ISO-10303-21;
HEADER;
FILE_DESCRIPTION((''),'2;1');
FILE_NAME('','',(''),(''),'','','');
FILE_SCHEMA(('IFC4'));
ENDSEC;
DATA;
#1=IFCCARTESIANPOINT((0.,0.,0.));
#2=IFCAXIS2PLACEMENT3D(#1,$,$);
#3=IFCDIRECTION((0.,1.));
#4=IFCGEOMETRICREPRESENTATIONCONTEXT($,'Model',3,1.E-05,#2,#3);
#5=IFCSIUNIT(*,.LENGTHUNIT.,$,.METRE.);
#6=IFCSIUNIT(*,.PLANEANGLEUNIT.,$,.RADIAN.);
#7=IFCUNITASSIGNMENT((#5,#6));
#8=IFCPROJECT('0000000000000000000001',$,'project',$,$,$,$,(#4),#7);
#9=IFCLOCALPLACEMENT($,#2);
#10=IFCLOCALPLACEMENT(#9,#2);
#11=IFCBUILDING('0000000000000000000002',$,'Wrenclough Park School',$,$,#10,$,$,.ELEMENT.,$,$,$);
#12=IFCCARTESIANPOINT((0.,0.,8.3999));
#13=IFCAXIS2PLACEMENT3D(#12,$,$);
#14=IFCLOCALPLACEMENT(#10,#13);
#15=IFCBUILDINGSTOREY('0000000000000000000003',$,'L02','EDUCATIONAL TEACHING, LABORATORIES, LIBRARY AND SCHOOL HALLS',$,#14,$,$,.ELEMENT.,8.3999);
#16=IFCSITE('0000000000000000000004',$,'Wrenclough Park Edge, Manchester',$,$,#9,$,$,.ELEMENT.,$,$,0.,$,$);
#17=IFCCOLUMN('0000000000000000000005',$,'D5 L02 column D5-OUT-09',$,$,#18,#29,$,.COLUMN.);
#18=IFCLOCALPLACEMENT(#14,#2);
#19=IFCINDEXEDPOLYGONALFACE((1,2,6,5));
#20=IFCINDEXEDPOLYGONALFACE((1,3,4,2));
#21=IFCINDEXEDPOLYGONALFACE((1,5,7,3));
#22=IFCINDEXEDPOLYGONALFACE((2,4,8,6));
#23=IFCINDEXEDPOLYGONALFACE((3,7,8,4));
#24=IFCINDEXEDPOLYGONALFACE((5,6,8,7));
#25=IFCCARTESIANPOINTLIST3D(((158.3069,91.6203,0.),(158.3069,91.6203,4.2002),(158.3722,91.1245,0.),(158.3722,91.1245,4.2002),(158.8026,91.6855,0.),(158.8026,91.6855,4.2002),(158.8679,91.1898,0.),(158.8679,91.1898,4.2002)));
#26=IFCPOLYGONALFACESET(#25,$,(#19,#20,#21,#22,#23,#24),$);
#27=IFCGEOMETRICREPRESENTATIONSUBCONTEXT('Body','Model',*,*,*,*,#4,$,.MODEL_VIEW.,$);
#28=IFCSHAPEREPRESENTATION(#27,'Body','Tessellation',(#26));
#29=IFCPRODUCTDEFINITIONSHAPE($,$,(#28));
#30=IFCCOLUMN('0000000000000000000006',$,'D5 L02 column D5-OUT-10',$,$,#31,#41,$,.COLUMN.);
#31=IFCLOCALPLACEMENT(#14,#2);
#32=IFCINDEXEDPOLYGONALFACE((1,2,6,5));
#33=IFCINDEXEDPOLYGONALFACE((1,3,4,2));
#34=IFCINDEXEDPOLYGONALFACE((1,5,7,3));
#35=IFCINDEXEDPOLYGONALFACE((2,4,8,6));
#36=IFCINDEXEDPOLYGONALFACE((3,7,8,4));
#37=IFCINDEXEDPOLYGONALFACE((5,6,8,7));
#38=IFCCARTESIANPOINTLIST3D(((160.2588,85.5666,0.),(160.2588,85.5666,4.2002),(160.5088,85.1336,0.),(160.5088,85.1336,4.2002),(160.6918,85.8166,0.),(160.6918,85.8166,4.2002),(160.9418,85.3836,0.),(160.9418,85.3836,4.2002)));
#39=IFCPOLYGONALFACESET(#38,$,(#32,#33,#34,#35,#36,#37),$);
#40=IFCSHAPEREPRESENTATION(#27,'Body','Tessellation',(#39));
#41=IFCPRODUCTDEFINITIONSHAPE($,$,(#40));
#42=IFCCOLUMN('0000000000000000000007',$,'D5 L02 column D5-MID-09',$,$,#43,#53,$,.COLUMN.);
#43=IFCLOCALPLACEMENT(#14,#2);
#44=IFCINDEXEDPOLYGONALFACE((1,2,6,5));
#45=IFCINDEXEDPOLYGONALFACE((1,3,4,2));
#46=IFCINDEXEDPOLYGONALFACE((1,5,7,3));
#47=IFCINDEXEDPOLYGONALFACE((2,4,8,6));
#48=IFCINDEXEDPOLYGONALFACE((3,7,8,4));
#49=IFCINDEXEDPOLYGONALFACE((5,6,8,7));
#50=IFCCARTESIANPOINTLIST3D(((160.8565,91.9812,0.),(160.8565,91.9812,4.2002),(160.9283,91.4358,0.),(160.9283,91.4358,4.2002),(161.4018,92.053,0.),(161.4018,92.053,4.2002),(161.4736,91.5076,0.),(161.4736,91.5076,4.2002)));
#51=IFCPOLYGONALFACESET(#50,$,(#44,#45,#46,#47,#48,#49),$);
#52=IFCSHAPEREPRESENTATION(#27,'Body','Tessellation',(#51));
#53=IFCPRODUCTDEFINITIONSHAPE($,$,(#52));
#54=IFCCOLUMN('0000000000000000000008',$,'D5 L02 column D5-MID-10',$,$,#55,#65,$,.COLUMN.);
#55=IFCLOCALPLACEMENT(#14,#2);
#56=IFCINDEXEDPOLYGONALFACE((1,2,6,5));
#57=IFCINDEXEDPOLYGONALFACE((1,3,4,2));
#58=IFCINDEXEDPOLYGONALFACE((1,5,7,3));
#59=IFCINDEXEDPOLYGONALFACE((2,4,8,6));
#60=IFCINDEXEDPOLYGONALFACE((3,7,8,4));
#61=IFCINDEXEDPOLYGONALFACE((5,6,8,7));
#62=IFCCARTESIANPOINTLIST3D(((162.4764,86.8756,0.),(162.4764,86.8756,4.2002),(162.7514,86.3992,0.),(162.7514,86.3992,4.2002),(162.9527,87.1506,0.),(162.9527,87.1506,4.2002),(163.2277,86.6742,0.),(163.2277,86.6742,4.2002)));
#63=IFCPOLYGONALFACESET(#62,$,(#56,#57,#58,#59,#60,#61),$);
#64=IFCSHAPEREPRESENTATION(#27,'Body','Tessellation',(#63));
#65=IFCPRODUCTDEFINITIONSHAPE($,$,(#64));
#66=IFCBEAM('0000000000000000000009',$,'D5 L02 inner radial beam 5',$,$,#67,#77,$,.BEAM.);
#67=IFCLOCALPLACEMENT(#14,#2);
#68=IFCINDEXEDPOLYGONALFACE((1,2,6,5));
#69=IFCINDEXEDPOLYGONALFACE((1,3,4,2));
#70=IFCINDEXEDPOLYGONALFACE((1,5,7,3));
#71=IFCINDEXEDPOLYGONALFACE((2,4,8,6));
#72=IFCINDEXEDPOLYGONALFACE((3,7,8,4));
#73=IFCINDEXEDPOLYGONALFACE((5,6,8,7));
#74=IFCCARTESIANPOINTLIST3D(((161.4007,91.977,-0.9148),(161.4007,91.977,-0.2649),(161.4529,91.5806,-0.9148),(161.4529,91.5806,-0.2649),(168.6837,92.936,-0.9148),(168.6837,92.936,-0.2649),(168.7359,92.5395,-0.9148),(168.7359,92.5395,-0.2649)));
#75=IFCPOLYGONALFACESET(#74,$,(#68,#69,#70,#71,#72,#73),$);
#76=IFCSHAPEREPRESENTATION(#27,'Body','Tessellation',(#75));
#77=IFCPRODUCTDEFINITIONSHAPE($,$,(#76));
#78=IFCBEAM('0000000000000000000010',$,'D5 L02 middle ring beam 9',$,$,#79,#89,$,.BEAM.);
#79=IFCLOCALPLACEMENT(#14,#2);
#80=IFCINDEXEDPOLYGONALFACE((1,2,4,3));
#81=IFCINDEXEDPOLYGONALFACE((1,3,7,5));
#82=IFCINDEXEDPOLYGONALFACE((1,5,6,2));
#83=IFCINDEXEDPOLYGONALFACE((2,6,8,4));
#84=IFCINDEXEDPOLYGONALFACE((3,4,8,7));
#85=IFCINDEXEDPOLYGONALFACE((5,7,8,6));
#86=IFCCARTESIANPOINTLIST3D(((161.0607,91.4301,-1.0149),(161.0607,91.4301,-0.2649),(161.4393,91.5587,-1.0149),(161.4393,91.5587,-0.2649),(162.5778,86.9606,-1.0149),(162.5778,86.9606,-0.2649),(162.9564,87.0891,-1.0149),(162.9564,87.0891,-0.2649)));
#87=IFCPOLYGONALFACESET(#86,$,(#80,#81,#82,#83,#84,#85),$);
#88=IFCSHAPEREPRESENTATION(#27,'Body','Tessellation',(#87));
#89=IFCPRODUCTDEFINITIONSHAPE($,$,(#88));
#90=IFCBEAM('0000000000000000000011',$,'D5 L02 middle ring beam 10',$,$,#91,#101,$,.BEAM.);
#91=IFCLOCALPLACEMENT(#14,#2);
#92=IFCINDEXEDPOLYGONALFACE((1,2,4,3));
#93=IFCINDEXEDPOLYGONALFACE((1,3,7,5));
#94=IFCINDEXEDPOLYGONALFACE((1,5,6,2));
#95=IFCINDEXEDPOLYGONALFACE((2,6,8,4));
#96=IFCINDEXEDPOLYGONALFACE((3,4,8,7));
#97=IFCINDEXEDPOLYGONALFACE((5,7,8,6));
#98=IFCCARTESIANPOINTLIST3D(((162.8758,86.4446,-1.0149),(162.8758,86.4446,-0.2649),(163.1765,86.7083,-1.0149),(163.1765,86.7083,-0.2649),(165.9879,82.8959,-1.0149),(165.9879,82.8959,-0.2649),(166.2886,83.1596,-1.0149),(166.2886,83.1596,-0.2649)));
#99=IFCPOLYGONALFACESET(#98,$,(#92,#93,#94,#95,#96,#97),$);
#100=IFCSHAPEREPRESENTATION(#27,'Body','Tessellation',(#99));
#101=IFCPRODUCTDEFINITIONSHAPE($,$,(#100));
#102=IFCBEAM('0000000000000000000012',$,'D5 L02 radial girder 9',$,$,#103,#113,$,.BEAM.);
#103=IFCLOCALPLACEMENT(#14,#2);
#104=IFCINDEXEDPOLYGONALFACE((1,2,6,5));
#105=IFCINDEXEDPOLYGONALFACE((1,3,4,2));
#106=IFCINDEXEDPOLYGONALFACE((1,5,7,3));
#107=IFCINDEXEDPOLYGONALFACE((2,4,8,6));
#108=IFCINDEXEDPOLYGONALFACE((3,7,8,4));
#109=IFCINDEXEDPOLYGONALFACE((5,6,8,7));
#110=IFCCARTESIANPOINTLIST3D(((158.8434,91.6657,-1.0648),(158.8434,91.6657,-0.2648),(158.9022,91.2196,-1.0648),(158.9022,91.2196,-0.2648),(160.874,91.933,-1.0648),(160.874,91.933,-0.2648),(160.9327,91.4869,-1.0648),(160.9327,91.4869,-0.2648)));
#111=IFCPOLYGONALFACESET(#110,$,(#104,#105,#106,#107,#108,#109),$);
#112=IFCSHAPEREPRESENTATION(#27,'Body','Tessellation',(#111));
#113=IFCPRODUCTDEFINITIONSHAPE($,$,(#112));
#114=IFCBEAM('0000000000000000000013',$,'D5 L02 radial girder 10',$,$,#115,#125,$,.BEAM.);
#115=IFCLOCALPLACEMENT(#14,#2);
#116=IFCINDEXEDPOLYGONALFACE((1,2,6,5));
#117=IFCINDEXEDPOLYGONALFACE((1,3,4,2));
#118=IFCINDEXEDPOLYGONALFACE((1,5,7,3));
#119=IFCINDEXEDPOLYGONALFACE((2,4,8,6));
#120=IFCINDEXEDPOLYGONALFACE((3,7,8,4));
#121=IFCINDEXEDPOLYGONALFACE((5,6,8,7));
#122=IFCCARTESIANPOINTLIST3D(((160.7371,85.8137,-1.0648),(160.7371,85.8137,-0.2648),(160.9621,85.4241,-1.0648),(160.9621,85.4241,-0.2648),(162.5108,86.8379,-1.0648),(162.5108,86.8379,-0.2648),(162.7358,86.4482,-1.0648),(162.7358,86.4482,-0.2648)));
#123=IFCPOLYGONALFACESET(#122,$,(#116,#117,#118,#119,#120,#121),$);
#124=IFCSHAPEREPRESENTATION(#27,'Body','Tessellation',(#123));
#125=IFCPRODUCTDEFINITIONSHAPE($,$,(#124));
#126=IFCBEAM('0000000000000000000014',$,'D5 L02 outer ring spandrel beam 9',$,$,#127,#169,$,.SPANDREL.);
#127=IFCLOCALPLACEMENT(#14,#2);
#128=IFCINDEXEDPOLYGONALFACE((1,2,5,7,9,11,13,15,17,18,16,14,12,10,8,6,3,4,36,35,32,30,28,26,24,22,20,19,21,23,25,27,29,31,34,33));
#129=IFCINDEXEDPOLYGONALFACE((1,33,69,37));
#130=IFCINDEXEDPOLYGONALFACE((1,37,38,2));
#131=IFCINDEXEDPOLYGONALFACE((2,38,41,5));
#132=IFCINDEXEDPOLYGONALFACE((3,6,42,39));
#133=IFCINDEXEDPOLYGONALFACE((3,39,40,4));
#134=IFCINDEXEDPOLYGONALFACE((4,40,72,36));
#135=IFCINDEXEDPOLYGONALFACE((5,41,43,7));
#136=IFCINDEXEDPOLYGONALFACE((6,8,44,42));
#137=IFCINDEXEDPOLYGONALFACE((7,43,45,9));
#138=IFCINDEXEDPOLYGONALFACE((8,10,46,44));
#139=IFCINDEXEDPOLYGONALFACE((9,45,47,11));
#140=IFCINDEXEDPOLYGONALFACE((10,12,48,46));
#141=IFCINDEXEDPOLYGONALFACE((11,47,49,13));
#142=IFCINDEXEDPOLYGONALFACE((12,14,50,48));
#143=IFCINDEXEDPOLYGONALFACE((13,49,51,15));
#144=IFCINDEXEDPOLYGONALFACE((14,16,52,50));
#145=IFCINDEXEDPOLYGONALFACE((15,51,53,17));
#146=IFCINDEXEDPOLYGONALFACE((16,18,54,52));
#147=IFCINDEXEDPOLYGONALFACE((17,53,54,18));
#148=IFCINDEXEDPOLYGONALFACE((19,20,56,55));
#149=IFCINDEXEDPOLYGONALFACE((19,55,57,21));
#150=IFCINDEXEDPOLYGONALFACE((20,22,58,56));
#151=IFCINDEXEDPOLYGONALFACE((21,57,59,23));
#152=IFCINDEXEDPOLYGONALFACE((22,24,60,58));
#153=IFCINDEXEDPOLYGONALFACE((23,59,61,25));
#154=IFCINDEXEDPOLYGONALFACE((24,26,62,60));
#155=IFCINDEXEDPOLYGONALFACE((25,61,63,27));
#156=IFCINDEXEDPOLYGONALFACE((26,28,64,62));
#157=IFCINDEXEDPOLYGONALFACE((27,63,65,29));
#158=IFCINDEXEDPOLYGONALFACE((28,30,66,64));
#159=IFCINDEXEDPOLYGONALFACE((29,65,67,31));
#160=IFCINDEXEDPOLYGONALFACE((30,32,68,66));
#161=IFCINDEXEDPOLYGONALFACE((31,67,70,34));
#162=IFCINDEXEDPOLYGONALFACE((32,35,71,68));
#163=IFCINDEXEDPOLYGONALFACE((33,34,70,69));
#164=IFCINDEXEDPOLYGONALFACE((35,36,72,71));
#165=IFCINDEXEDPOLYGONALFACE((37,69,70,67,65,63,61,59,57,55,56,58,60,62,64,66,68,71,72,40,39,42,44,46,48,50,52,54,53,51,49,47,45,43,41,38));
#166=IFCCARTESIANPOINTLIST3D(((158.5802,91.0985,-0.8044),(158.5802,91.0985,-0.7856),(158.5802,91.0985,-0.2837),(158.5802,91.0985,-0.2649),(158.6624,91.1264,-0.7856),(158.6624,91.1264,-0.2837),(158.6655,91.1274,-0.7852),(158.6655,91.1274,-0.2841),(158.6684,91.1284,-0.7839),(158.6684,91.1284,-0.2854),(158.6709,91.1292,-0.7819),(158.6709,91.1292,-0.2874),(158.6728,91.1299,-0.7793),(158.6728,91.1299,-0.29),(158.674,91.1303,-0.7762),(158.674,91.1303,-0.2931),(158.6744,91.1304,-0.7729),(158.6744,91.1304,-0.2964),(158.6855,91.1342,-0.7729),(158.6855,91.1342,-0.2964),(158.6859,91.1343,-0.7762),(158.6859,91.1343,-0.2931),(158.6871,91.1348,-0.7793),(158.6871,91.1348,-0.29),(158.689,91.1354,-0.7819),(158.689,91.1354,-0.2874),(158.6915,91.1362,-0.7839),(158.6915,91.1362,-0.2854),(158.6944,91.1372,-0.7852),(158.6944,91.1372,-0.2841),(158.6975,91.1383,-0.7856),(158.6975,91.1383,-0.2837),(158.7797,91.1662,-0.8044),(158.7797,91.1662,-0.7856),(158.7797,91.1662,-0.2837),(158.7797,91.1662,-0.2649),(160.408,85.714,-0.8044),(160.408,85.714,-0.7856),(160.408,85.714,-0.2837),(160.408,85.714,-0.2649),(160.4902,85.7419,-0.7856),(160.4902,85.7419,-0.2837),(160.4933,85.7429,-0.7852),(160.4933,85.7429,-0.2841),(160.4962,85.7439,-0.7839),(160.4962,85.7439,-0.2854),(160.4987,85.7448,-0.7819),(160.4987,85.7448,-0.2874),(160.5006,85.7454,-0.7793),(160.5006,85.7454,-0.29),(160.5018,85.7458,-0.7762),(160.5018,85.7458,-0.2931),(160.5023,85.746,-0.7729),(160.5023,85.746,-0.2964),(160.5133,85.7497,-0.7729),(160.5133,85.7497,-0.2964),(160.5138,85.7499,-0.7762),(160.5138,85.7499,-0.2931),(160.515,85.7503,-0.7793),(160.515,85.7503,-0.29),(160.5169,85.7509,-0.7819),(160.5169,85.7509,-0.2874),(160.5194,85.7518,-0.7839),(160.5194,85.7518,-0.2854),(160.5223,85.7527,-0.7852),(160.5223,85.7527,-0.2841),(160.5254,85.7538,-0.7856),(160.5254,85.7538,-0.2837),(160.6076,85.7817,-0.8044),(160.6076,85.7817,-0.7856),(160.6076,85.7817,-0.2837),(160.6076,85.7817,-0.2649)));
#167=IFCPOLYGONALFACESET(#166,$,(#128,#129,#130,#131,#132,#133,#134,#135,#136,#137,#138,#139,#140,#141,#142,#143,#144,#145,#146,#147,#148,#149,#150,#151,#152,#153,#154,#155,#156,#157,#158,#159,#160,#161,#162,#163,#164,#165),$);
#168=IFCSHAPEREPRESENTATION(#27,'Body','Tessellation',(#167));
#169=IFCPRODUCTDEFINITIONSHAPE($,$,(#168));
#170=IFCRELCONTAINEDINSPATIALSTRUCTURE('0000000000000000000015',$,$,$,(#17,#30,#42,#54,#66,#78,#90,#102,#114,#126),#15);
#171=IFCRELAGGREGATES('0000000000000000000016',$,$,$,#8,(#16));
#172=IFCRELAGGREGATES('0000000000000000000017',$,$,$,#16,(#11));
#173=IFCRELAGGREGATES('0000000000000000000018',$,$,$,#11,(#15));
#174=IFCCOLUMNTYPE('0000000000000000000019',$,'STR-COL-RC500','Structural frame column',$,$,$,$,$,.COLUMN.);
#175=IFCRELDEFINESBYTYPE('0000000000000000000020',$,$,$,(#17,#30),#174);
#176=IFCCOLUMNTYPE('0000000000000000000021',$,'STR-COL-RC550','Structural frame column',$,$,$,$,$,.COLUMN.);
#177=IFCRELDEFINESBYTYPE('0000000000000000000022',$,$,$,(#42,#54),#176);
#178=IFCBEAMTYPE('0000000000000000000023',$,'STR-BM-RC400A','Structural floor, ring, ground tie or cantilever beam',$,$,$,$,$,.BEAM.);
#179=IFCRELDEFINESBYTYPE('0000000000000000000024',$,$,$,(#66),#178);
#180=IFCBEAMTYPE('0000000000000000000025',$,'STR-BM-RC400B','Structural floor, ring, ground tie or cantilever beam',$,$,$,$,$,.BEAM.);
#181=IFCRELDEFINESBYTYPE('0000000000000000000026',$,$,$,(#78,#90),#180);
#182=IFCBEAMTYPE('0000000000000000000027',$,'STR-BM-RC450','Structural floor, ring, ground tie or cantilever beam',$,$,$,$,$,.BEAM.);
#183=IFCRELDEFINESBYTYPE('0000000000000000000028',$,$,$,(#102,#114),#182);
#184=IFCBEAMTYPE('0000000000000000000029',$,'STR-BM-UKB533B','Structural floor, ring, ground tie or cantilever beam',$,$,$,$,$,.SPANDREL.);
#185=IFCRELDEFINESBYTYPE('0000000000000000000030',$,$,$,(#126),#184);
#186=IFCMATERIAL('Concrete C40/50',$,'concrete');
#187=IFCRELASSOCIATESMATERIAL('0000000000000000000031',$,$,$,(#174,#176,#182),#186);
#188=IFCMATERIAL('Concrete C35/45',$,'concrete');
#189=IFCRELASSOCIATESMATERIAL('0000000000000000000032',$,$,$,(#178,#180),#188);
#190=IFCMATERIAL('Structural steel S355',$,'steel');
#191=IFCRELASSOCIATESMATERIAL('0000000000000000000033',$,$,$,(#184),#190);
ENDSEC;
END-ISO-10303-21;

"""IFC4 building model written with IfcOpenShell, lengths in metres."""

from ifc_helpers import new_model, si_unit, direction, frame, origin, origin_2d, place, context, subcontext, project, spatial, rectangle, i_section, extrude, material, material_profile, profile_set, type_object, element, save


model = new_model("IFC4")

# Units and contexts
model_context = context("Model", 3, precision=1e-05, world=origin(), true_north=direction((0.0, 1.0)))
body_context = subcontext(model_context, "Body", "Model", "MODEL_VIEW")
ifc_project = project(units=[si_unit("LENGTHUNIT", "METRE"), si_unit("PLANEANGLEUNIT", "RADIAN")], contexts=[model_context])

# Site, building, storey
site_placement = place(None, origin())
site = spatial("IfcSite", under=ifc_project, at=site_placement, Name="Wrenclough Park Edge, Manchester", CompositionType="ELEMENT", RefElevation=0.0)
building_placement = place(site_placement, origin())
building = spatial("IfcBuilding", under=site, at=building_placement, Name="Wrenclough Park School", CompositionType="ELEMENT")
storey_placement = place(building_placement, frame((0.0, 0.0, 8.3999)))
storey = spatial("IfcBuildingStorey", under=building, at=storey_placement, Name="L02", Description="EDUCATIONAL TEACHING, LABORATORIES, LIBRARY AND SCHOOL HALLS", CompositionType="ELEMENT", Elevation=8.3999)

# Columns
ifc_material_1 = material(Name="Concrete C40/50", Category="concrete")
ifc_material_profile_1 = material_profile(ifc_material_1, rectangle(XDim=0.5, YDim=0.5, at=origin_2d()), Name="RC COL 500x500")
ifc_profile_set_1 = profile_set([ifc_material_profile_1], Name="Concrete C40/50")
column_type_1 = type_object("IfcColumnType", Name="STR-COL-RC500", Description="Structural frame column", PredefinedType="COLUMN", material=ifc_profile_set_1)
for number, where, z_axis, x_axis, name in (
    (1, (158.5874, 91.405, 0.0), (0.0, 0.0, 1.0), (0.130526, -0.991445, 0.0), "D5 L02 column D5-OUT-09"),
    (2, (160.6003, 85.4751, 0.0), (0.0, 0.0, 1.0), (0.5, -0.866025, 0.0), "D5 L02 column D5-OUT-10"),
):
    element("IfcColumn", number, at=place(storey_placement, frame(where, z_axis=z_axis, x_axis=x_axis)), inside=storey, type_object=column_type_1, Name=name, PredefinedType="COLUMN", context=body_context, shape_type="SweptSolid", body=[
        extrude(rectangle(XDim=0.5, YDim=0.5, at=origin_2d()), origin(), (0.0, 0.0, 1.0), 4.2002),
    ])
ifc_material_profile_2 = material_profile(ifc_material_1, rectangle(XDim=0.55, YDim=0.55, at=origin_2d()), Name="RC COL 550x550")
ifc_profile_set_2 = profile_set([ifc_material_profile_2], Name="Concrete C40/50")
column_type_2 = type_object("IfcColumnType", Name="STR-COL-RC550", Description="Structural frame column", PredefinedType="COLUMN", material=ifc_profile_set_2)
for number, where, z_axis, x_axis, name in (
    (3, (161.165, 91.7444, 0.0), (0.0, 0.0, 1.0), (0.130526, -0.991445, 0.0), "D5 L02 column D5-MID-09"),
    (4, (162.8521, 86.7749, 0.0), (0.0, 0.0, 1.0), (0.5, -0.866025, 0.0), "D5 L02 column D5-MID-10"),
):
    element("IfcColumn", number, at=place(storey_placement, frame(where, z_axis=z_axis, x_axis=x_axis)), inside=storey, type_object=column_type_2, Name=name, PredefinedType="COLUMN", context=body_context, shape_type="SweptSolid", body=[
        extrude(rectangle(XDim=0.55, YDim=0.55, at=origin_2d()), origin(), (0.0, 0.0, 1.0), 4.2002),
    ])

# Beams
ifc_material_2 = material(Name="Concrete C35/45", Category="concrete")
ifc_material_profile_3 = material_profile(ifc_material_2, rectangle(XDim=0.3999, YDim=0.6499, at=origin_2d()), Name="RC BEAM 400x650")
ifc_profile_set_3 = profile_set([ifc_material_profile_3], Name="Concrete C35/45")
beam_type_1 = type_object("IfcBeamType", Name="STR-BM-RC400A", Description="Structural floor, ring, ground tie or cantilever beam", PredefinedType="BEAM", material=ifc_profile_set_3)
beam_1_placement = place(storey_placement, frame((161.4268, 91.7788, -0.5898), z_axis=(0.991443, 0.130544, 0.0), x_axis=(-0.130544, 0.991443, 0.0)))
element("IfcBeam", 5, at=beam_1_placement, inside=storey, type_object=beam_type_1, Name="D5 L02 inner radial beam 5", PredefinedType="BEAM", context=body_context, shape_type="SweptSolid", body=[
    extrude(rectangle(XDim=0.3999, YDim=0.6499, at=origin_2d()), origin(), (0.0, 0.0, 1.0), 7.3459),
])
ifc_material_profile_4 = material_profile(ifc_material_2, rectangle(XDim=0.3999, YDim=0.75, at=origin_2d()), Name="RC BEAM 400x750")
ifc_profile_set_4 = profile_set([ifc_material_profile_4], Name="Concrete C35/45")
beam_type_2 = type_object("IfcBeamType", Name="STR-BM-RC400B", Description="Structural floor, ring, ground tie or cantilever beam", PredefinedType="BEAM", material=ifc_profile_set_4)
for number, where, z_axis, x_axis, name in (
    (6, (161.25, 91.4944, -0.6399), (0.321421, -0.946936, 0.0), (0.946936, 0.321421, 0.0), "D5 L02 middle ring beam 9"),
    (7, (163.0261, 86.5764, -0.6399), (0.65935, -0.751836, 0.0), (0.751836, 0.65935, 0.0), "D5 L02 middle ring beam 10"),
):
    element("IfcBeam", number, at=place(storey_placement, frame(where, z_axis=z_axis, x_axis=x_axis)), inside=storey, type_object=beam_type_2, Name=name, PredefinedType="BEAM", context=body_context, shape_type="SweptSolid", body=[
        extrude(rectangle(XDim=0.3999, YDim=0.75, at=origin_2d()), origin(), (0.0, 0.0, 1.0), 4.72),
    ])
ifc_material_profile_5 = material_profile(ifc_material_1, rectangle(XDim=0.45, YDim=0.8, at=origin_2d()), Name="RC BEAM 450x800")
ifc_profile_set_5 = profile_set([ifc_material_profile_5], Name="Concrete C40/50")
beam_type_3 = type_object("IfcBeamType", Name="STR-BM-RC450", Description="Structural floor, ring, ground tie or cantilever beam", PredefinedType="BEAM", material=ifc_profile_set_5)
for number, where, z_axis, x_axis, name in (
    (8, (158.8728, 91.4426, -0.6648), (0.991444, 0.130532, 0.0), (-0.130532, 0.991444, 0.0), "D5 L02 radial girder 9"),
    (9, (160.8496, 85.6189, -0.6648), (0.865997, 0.500049, 0.0), (-0.500049, 0.865997, 0.0), "D5 L02 radial girder 10"),
):
    element("IfcBeam", number, at=place(storey_placement, frame(where, z_axis=z_axis, x_axis=x_axis)), inside=storey, type_object=beam_type_3, Name=name, PredefinedType="BEAM", context=body_context, shape_type="SweptSolid", body=[
        extrude(rectangle(XDim=0.45, YDim=0.8, at=origin_2d()), origin(), (0.0, 0.0, 1.0), 2.0481),
    ])
ifc_material_3 = material(Name="Structural steel S355", Category="steel")
ifc_material_profile_6 = material_profile(ifc_material_3, i_section(OverallWidth=0.2107, OverallDepth=0.5396, WebThickness=0.0117, FlangeThickness=0.0188, FilletRadius=0.0127, at=origin_2d()), Name="UKB 533x210x109")
ifc_profile_set_6 = profile_set([ifc_material_profile_6], Name="Structural steel S355")
beam_type_4 = type_object("IfcBeamType", Name="STR-BM-UKB533B", Description="Structural floor, ring, ground tie or cantilever beam", PredefinedType="SPANDREL", material=ifc_profile_set_6)
beam_2_placement = place(storey_placement, frame((158.6799, 91.1323, -0.5347), z_axis=(0.321452, -0.946926, 0.0), x_axis=(0.946926, 0.321452, 0.0)))
element("IfcBeam", 10, at=beam_2_placement, inside=storey, type_object=beam_type_4, Name="D5 L02 outer ring spandrel beam 9", PredefinedType="SPANDREL", context=body_context, shape_type="SweptSolid", body=[
    extrude(i_section(OverallWidth=0.2107, OverallDepth=0.5396, WebThickness=0.0117, FlangeThickness=0.0188, FilletRadius=0.0127, at=origin_2d()), origin(), (0.0, 0.0, 1.0), 5.6863),
])

save(model, "model.ifc")
